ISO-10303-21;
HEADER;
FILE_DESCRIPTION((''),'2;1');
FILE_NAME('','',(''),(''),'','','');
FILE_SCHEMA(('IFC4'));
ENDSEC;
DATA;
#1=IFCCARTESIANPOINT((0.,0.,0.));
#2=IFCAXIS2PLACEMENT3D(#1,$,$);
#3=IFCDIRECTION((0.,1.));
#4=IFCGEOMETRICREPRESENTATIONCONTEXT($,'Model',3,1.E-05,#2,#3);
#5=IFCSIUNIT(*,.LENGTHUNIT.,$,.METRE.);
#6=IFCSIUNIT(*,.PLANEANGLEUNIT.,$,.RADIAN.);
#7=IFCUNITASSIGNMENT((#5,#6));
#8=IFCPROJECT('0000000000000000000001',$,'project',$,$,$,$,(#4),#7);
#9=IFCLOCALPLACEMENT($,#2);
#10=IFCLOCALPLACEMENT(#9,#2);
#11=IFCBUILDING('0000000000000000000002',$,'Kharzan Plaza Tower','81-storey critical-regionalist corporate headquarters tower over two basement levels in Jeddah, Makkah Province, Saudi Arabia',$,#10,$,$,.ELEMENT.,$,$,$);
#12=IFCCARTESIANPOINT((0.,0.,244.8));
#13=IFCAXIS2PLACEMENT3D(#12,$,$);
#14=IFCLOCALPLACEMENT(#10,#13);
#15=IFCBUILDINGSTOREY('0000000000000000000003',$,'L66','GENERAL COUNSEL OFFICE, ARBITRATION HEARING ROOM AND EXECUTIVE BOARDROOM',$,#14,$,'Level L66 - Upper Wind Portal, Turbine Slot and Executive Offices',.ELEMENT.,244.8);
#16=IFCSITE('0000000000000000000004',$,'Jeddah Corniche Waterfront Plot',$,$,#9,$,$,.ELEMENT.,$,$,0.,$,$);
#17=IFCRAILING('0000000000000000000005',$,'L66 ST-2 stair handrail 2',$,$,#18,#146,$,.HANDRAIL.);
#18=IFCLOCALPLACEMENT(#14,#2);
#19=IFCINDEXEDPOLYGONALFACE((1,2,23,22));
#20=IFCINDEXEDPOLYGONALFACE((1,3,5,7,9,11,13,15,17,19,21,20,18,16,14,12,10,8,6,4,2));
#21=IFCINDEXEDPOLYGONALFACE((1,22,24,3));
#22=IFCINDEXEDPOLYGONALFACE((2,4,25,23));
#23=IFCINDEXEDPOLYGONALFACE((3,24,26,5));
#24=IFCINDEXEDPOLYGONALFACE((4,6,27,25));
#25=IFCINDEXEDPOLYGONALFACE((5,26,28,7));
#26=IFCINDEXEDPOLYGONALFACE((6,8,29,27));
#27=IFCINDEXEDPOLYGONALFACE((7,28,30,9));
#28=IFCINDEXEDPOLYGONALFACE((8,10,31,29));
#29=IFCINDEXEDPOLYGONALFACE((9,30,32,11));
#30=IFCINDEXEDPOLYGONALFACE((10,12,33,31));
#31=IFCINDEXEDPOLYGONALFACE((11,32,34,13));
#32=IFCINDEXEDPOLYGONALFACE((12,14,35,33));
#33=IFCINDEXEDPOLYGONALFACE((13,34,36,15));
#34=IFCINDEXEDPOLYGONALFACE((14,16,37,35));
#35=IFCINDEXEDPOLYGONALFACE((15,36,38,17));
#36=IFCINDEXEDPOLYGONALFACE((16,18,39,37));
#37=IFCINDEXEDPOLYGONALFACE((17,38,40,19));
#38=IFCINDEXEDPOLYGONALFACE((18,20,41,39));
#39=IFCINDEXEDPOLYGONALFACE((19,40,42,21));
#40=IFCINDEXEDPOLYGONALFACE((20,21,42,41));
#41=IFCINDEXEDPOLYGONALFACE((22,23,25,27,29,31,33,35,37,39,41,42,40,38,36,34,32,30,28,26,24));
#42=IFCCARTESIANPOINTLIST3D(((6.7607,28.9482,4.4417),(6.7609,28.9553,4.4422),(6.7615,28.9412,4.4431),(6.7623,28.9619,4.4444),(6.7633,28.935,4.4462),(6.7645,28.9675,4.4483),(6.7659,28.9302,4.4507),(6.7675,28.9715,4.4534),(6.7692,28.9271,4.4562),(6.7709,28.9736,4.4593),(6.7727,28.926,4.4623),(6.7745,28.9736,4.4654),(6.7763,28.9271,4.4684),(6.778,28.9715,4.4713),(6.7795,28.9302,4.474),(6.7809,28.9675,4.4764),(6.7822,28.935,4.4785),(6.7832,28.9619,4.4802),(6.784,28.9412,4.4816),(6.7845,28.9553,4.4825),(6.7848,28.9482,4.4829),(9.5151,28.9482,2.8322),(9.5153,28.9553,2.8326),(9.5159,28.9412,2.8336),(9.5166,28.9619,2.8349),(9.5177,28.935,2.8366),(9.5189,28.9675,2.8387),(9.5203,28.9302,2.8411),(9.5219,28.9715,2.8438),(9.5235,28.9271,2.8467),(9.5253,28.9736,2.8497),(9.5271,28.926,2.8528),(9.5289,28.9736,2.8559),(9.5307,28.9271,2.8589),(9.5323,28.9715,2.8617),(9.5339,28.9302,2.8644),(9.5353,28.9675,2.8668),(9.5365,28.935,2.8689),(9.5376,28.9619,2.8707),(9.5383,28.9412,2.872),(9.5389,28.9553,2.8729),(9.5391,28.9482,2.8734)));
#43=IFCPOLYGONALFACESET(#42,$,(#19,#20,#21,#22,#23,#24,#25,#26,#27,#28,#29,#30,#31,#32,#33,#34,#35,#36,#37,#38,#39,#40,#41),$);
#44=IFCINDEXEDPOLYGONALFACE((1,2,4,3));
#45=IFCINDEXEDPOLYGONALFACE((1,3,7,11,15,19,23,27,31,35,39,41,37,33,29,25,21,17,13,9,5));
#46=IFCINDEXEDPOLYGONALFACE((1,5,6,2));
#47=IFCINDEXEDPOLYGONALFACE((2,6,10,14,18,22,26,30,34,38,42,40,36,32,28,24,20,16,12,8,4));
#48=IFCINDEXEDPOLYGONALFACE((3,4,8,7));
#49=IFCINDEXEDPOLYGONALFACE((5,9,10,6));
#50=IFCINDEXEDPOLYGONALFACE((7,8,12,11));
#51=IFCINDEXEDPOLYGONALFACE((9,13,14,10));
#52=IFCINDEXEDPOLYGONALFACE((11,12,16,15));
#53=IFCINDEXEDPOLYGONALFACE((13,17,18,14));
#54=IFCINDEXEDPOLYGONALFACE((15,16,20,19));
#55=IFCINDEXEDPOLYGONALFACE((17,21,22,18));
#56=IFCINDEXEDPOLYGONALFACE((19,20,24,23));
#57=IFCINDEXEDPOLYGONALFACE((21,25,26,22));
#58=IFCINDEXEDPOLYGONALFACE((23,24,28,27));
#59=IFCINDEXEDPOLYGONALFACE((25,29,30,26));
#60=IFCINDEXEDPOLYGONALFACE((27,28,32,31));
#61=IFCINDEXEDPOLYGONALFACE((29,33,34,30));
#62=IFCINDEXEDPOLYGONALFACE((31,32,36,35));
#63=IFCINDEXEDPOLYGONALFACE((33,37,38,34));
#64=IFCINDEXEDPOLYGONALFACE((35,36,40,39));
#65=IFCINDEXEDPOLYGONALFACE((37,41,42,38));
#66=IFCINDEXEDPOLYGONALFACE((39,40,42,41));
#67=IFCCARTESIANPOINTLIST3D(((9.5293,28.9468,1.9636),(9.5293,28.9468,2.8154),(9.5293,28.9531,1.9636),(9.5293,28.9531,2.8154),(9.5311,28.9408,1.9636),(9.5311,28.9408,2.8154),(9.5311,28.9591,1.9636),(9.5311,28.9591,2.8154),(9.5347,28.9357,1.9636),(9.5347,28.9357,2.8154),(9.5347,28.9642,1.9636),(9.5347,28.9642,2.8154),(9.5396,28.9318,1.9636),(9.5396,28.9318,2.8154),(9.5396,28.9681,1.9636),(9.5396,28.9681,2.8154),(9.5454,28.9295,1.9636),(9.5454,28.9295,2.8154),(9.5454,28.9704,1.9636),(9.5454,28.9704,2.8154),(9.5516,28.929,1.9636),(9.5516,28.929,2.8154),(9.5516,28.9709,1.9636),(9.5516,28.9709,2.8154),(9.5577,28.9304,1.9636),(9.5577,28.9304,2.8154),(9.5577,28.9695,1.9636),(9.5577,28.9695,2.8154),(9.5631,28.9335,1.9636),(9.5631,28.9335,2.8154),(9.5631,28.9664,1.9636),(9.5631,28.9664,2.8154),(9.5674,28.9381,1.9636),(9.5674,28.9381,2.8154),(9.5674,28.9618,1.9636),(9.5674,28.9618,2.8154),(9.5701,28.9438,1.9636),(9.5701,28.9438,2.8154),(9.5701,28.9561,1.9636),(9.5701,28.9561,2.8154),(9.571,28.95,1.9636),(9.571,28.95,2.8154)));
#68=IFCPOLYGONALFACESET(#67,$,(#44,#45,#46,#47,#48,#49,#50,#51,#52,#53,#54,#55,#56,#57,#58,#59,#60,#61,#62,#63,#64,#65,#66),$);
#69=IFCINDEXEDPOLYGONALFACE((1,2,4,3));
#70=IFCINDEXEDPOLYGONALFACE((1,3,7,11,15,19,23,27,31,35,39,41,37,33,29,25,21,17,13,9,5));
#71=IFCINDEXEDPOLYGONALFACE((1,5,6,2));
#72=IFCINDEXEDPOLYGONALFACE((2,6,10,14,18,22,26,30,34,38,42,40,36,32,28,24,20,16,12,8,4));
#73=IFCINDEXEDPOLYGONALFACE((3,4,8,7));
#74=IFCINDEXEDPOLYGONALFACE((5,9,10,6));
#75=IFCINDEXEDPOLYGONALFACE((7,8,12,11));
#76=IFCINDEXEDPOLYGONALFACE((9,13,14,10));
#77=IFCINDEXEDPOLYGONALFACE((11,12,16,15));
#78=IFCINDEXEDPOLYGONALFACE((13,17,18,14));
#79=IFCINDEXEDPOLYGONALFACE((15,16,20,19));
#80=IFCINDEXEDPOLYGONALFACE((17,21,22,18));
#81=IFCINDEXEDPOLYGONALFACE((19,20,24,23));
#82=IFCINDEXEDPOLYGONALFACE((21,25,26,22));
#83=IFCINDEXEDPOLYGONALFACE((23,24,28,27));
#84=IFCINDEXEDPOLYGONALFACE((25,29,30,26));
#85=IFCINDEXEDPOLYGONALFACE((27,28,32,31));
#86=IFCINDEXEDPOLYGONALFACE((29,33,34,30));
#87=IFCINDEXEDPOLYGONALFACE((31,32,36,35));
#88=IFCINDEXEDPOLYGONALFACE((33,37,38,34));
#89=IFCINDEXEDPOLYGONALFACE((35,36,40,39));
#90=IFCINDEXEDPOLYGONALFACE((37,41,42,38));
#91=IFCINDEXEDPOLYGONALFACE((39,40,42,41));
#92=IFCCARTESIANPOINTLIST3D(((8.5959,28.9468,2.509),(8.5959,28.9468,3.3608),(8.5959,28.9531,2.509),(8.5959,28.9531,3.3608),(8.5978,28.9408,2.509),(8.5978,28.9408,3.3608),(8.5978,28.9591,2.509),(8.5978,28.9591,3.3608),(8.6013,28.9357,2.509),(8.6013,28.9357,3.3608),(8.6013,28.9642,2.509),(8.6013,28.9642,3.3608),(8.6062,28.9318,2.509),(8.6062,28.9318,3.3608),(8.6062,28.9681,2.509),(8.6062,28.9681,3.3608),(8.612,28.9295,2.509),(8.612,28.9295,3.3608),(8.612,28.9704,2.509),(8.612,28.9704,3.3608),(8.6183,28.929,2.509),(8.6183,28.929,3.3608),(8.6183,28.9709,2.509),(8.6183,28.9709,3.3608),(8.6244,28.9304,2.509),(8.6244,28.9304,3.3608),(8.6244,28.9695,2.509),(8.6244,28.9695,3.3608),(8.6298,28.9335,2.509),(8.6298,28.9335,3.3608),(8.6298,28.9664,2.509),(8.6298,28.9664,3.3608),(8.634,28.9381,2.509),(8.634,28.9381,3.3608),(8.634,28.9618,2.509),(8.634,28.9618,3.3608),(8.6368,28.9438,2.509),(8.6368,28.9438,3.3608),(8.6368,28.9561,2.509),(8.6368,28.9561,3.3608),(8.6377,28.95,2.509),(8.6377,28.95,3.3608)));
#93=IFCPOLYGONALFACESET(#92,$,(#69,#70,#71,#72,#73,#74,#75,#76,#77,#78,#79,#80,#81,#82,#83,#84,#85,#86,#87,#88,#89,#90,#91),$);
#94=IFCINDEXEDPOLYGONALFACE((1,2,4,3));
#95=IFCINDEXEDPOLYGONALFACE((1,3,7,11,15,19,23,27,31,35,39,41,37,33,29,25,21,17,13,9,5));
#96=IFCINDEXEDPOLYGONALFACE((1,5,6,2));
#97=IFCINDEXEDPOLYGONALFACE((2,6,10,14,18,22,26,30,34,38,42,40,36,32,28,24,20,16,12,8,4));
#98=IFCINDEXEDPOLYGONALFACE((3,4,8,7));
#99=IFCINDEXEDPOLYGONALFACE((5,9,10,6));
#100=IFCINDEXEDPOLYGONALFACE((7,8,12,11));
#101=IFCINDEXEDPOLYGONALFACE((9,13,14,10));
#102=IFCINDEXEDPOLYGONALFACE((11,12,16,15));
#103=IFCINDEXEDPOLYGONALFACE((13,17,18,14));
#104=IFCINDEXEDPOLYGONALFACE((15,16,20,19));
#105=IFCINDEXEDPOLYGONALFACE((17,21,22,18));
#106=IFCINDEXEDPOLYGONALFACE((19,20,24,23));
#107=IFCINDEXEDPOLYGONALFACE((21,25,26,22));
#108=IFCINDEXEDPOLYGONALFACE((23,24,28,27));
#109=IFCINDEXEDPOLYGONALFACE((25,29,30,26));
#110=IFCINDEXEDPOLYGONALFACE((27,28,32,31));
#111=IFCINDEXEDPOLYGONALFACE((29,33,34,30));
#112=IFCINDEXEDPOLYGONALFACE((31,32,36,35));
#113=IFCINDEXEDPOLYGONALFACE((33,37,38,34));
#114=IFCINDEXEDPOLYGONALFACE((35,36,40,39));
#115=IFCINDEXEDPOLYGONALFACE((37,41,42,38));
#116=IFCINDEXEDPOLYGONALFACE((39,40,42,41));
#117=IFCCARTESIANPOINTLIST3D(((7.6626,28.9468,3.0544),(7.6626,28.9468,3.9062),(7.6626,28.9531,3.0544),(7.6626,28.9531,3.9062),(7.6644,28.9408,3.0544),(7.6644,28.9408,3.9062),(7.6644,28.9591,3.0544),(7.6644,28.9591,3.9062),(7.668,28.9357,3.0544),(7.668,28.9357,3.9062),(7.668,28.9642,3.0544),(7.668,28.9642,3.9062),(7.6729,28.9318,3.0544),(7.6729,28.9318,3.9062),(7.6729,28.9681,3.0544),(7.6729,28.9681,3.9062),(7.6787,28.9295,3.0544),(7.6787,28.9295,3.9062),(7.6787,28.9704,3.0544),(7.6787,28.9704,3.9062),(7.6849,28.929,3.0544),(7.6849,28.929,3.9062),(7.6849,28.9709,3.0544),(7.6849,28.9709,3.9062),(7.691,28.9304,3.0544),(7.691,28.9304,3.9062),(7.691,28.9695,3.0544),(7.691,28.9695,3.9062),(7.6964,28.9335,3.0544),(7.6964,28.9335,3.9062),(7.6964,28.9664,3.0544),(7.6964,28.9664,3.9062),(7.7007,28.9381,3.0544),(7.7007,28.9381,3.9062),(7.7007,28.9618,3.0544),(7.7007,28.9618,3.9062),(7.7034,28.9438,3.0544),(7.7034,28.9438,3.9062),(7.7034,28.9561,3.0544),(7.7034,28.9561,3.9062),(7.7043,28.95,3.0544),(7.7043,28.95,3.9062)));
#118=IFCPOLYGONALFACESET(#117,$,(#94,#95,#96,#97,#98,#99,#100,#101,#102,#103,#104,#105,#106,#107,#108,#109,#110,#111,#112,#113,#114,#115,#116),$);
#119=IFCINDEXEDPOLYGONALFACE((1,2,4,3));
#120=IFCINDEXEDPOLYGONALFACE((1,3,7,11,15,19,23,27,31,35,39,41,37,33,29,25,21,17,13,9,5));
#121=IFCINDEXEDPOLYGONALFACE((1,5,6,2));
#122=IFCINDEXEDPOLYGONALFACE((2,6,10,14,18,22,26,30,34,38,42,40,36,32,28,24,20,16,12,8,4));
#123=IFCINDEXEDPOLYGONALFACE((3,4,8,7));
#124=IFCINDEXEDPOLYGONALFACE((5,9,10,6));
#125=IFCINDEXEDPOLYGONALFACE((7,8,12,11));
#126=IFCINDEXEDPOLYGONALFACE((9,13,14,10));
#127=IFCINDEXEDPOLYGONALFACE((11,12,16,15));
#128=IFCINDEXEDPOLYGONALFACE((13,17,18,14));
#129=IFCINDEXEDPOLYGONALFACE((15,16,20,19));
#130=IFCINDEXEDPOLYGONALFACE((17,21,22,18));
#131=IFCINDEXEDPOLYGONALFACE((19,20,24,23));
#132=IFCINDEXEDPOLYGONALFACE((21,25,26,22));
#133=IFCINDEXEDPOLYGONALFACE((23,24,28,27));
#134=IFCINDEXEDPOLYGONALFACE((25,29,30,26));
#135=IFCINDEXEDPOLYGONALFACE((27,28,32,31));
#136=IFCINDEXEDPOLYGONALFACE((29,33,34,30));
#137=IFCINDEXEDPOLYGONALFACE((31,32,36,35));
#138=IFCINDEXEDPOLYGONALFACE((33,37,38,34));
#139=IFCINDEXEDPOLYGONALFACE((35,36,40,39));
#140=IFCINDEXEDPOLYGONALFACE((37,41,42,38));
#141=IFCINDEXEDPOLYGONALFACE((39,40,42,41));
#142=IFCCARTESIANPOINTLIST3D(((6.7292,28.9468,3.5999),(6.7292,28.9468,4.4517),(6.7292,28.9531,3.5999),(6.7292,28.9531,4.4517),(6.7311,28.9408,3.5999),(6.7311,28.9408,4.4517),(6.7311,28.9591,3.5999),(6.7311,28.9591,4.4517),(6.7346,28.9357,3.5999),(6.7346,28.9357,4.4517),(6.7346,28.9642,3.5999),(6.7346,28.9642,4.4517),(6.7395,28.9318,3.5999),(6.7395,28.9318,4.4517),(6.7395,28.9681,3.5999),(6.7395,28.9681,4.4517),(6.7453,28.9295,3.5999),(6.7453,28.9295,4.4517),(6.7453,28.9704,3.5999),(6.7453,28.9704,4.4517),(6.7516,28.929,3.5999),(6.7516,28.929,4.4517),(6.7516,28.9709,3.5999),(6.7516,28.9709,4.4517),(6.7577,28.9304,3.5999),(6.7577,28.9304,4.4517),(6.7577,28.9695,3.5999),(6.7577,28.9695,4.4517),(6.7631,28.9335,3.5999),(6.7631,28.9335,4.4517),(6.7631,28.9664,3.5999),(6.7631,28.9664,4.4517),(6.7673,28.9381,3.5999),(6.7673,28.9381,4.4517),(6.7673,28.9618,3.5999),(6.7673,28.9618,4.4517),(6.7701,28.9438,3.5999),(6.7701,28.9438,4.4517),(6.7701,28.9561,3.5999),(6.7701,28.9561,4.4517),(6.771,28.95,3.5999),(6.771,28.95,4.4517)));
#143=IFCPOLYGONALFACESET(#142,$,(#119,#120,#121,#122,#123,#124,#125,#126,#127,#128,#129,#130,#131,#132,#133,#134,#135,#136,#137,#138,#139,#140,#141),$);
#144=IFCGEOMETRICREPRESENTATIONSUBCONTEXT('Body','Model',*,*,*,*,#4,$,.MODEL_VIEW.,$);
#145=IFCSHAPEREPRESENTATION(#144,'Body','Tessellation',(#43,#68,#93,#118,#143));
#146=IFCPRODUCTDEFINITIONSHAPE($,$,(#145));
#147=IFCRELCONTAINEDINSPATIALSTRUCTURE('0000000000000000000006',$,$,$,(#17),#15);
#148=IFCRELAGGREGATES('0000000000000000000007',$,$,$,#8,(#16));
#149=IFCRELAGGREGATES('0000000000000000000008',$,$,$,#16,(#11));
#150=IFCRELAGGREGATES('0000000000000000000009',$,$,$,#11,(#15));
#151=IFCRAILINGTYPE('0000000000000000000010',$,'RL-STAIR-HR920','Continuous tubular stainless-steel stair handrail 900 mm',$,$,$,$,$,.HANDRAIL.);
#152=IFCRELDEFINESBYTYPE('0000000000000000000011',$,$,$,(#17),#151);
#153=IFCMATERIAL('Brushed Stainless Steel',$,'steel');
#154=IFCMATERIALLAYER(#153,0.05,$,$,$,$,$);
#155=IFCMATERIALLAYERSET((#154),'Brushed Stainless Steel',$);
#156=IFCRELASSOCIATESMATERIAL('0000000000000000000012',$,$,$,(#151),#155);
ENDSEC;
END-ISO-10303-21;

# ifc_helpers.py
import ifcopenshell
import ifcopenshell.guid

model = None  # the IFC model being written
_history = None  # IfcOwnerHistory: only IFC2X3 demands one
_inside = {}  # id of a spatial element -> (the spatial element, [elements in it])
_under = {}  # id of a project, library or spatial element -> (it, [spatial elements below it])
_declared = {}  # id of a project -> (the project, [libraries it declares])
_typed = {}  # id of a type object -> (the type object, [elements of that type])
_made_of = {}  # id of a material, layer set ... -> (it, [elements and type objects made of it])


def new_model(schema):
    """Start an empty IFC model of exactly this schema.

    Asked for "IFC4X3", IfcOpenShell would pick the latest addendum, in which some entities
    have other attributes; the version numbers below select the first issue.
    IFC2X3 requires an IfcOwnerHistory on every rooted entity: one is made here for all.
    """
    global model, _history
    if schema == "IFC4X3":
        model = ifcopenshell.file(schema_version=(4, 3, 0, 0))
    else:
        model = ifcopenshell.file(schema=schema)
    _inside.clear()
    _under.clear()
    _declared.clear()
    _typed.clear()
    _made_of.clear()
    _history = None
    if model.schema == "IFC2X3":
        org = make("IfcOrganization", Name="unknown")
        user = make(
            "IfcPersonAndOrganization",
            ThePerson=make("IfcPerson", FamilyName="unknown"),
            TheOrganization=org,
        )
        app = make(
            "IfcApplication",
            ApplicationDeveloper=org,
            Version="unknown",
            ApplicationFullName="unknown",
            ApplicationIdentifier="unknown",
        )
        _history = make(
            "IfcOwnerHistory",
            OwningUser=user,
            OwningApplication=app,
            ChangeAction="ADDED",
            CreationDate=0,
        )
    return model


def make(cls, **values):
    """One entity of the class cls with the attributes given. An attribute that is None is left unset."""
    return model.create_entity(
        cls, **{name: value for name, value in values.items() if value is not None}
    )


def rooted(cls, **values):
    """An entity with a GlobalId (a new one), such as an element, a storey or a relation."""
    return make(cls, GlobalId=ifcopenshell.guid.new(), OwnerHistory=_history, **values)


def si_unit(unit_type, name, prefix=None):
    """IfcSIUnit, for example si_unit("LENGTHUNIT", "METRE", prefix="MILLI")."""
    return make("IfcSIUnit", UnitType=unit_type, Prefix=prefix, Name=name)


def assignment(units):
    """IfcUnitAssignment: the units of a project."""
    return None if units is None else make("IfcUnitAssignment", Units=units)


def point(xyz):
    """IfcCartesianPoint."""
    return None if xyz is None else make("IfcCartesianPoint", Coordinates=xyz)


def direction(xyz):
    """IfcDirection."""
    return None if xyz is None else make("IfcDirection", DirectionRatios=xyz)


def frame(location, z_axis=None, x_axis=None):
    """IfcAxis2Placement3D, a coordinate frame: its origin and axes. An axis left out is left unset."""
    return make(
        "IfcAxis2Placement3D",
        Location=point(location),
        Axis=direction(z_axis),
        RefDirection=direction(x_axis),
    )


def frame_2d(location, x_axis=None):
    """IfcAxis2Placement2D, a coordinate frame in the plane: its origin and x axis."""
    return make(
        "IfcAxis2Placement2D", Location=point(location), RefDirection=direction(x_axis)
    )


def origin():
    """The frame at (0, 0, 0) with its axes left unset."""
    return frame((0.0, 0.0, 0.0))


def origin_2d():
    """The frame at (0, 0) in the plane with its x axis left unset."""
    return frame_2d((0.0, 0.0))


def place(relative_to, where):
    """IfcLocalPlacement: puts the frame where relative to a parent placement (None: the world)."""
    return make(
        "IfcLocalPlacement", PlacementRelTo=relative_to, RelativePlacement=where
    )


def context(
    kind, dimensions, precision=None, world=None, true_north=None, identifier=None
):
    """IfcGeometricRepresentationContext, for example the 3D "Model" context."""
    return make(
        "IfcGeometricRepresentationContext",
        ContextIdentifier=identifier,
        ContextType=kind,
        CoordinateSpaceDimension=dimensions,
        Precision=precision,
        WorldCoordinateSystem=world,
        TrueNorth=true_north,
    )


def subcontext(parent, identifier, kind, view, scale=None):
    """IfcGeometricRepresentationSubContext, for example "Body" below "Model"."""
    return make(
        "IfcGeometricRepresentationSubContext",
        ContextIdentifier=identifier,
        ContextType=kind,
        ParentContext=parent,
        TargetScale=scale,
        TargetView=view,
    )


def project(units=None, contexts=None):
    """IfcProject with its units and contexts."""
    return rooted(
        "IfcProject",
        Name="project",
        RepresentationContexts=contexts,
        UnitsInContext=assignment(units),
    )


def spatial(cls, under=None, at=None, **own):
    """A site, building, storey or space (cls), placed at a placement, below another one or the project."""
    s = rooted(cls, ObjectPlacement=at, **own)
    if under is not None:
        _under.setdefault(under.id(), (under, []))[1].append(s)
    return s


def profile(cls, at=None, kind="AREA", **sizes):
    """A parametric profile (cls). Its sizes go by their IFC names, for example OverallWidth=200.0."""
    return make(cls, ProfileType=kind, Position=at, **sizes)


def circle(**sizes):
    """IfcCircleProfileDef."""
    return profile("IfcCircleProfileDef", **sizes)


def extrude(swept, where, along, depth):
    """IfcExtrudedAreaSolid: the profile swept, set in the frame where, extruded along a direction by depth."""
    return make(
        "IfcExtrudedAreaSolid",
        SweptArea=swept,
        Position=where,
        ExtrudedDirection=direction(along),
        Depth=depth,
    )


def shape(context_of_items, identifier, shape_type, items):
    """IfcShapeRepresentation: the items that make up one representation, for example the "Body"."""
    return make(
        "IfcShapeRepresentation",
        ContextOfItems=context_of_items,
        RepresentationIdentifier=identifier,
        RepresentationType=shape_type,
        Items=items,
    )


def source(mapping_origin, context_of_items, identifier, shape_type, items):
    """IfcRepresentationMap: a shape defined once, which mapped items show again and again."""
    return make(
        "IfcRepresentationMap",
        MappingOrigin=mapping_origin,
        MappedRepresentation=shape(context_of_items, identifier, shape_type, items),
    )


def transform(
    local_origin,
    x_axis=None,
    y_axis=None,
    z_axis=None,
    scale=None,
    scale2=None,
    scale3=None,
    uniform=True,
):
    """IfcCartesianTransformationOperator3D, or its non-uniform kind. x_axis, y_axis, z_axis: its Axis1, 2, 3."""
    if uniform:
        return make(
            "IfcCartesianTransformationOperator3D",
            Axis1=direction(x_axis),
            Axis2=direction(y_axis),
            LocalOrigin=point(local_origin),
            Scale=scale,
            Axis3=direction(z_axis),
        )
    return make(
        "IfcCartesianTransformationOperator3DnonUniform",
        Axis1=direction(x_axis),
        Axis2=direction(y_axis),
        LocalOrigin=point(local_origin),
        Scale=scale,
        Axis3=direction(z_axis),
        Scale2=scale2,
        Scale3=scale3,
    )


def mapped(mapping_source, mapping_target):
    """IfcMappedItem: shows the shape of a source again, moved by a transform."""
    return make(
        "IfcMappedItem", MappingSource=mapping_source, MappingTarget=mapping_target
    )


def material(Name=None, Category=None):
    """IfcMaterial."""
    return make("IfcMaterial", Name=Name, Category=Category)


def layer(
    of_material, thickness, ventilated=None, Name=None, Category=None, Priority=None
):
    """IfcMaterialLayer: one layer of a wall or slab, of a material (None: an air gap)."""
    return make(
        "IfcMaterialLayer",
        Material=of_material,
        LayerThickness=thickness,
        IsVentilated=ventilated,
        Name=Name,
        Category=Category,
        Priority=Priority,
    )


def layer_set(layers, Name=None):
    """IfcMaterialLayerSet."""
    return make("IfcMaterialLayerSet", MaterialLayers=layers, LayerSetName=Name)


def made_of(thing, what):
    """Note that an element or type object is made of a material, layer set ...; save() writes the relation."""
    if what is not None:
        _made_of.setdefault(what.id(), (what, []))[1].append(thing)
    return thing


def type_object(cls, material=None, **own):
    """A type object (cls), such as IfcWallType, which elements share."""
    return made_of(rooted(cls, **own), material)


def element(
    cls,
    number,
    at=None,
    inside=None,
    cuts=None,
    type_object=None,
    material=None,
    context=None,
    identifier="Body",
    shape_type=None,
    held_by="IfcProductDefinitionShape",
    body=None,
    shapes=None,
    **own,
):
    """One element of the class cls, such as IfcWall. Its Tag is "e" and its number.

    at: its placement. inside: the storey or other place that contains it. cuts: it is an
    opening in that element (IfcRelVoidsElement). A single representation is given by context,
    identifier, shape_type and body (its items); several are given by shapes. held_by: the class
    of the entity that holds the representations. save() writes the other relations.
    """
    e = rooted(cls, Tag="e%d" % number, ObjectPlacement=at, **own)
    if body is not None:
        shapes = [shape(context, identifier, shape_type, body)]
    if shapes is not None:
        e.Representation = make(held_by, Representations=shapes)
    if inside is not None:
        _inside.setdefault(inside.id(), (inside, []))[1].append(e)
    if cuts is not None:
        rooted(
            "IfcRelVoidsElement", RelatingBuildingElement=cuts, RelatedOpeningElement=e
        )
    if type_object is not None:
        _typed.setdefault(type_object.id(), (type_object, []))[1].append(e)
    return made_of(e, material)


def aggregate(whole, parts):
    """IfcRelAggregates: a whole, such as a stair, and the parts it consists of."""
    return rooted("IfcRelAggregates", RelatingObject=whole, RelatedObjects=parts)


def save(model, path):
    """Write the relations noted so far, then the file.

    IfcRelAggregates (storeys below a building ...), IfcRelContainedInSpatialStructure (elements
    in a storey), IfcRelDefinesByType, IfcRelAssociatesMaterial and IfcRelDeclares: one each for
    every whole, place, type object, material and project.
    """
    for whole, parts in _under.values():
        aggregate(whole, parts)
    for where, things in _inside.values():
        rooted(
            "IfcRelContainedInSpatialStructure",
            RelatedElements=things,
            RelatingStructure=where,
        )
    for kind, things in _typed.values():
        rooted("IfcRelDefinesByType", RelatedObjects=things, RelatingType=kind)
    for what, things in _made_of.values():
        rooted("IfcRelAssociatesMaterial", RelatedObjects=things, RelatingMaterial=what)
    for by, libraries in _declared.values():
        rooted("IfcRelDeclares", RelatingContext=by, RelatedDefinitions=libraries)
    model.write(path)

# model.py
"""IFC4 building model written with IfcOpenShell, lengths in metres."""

from ifc_helpers import new_model, si_unit, direction, frame, origin, origin_2d, place, context, subcontext, project, spatial, circle, extrude, source, transform, mapped, material, layer, layer_set, type_object, element, save


model = new_model("IFC4")

# Units and contexts
model_context = context("Model", 3, precision=1e-05, world=origin(), true_north=direction((0.0, 1.0)))
body_context = subcontext(model_context, "Body", "Model", "MODEL_VIEW")
ifc_project = project(units=[si_unit("LENGTHUNIT", "METRE"), si_unit("PLANEANGLEUNIT", "RADIAN")], contexts=[model_context])

# Site, building, storey
site_placement = place(None, origin())
site = spatial("IfcSite", under=ifc_project, at=site_placement, Name="Jeddah Corniche Waterfront Plot", CompositionType="ELEMENT", RefElevation=0.0)
building_placement = place(site_placement, origin())
building = spatial("IfcBuilding", under=site, at=building_placement, Name="Kharzan Plaza Tower", Description="81-storey critical-regionalist corporate headquarters tower over two basement levels in Jeddah, Makkah Province, Saudi Arabia", CompositionType="ELEMENT")
storey_placement = place(building_placement, frame((0.0, 0.0, 244.8)))
storey = spatial("IfcBuildingStorey", under=building, at=storey_placement, Name="L66", Description="GENERAL COUNSEL OFFICE, ARBITRATION HEARING ROOM AND EXECUTIVE BOARDROOM", LongName="Level L66 - Upper Wind Portal, Turbine Slot and Executive Offices", CompositionType="ELEMENT", Elevation=244.8)

# Shared definitions
ifc_material_1 = material(Name="Brushed Stainless Steel", Category="steel")

# Railing
ifc_layer_1 = layer(ifc_material_1, 0.05)
ifc_layer_set_1 = layer_set([ifc_layer_1], Name="Brushed Stainless Steel")
railing_type_1 = type_object("IfcRailingType", Name="RL-STAIR-HR920", Description="Continuous tubular stainless-steel stair handrail 900 mm", PredefinedType="HANDRAIL", material=ifc_layer_set_1)
shared_shape_1 = source(origin(), body_context, "Body", "SweptSolid", [
    extrude(circle(Radius=0.0239, at=origin_2d()), frame((-0.0229, 0.0, 0.8892), z_axis=(-0.863394, 0.0, 0.504531), x_axis=(0.0, -1.0, 0.0)), (0.0, 0.0, 1.0), 3.1902),
    extrude(circle(Radius=0.021, at=origin_2d()), origin(), (0.0, 0.0, 1.0), 0.8518),
    extrude(circle(Radius=0.021, at=origin_2d()), frame((-0.9333, 0.0, 0.5454)), (0.0, 0.0, 1.0), 0.8518),
    extrude(circle(Radius=0.021, at=origin_2d()), frame((-1.8667, 0.0, 1.0908)), (0.0, 0.0, 1.0), 0.8518),
    extrude(circle(Radius=0.021, at=origin_2d()), frame((-2.8, 0.0, 1.6362)), (0.0, 0.0, 1.0), 0.8518),
])
railing_1_placement = place(storey_placement, frame((9.55, 28.95, 1.9636)))
element("IfcRailing", 1, at=railing_1_placement, inside=storey, type_object=railing_type_1, Name="L66 ST-2 stair handrail 2", PredefinedType="HANDRAIL", context=body_context, shape_type="MappedRepresentation", body=[
    mapped(shared_shape_1, transform((0.0, 0.0, 0.0), x_axis=(1.0, 0.0, 0.0), y_axis=(0.0, 1.0, 0.0), z_axis=(0.0, 0.0, 1.0))),
])

save(model, "model.ifc")
